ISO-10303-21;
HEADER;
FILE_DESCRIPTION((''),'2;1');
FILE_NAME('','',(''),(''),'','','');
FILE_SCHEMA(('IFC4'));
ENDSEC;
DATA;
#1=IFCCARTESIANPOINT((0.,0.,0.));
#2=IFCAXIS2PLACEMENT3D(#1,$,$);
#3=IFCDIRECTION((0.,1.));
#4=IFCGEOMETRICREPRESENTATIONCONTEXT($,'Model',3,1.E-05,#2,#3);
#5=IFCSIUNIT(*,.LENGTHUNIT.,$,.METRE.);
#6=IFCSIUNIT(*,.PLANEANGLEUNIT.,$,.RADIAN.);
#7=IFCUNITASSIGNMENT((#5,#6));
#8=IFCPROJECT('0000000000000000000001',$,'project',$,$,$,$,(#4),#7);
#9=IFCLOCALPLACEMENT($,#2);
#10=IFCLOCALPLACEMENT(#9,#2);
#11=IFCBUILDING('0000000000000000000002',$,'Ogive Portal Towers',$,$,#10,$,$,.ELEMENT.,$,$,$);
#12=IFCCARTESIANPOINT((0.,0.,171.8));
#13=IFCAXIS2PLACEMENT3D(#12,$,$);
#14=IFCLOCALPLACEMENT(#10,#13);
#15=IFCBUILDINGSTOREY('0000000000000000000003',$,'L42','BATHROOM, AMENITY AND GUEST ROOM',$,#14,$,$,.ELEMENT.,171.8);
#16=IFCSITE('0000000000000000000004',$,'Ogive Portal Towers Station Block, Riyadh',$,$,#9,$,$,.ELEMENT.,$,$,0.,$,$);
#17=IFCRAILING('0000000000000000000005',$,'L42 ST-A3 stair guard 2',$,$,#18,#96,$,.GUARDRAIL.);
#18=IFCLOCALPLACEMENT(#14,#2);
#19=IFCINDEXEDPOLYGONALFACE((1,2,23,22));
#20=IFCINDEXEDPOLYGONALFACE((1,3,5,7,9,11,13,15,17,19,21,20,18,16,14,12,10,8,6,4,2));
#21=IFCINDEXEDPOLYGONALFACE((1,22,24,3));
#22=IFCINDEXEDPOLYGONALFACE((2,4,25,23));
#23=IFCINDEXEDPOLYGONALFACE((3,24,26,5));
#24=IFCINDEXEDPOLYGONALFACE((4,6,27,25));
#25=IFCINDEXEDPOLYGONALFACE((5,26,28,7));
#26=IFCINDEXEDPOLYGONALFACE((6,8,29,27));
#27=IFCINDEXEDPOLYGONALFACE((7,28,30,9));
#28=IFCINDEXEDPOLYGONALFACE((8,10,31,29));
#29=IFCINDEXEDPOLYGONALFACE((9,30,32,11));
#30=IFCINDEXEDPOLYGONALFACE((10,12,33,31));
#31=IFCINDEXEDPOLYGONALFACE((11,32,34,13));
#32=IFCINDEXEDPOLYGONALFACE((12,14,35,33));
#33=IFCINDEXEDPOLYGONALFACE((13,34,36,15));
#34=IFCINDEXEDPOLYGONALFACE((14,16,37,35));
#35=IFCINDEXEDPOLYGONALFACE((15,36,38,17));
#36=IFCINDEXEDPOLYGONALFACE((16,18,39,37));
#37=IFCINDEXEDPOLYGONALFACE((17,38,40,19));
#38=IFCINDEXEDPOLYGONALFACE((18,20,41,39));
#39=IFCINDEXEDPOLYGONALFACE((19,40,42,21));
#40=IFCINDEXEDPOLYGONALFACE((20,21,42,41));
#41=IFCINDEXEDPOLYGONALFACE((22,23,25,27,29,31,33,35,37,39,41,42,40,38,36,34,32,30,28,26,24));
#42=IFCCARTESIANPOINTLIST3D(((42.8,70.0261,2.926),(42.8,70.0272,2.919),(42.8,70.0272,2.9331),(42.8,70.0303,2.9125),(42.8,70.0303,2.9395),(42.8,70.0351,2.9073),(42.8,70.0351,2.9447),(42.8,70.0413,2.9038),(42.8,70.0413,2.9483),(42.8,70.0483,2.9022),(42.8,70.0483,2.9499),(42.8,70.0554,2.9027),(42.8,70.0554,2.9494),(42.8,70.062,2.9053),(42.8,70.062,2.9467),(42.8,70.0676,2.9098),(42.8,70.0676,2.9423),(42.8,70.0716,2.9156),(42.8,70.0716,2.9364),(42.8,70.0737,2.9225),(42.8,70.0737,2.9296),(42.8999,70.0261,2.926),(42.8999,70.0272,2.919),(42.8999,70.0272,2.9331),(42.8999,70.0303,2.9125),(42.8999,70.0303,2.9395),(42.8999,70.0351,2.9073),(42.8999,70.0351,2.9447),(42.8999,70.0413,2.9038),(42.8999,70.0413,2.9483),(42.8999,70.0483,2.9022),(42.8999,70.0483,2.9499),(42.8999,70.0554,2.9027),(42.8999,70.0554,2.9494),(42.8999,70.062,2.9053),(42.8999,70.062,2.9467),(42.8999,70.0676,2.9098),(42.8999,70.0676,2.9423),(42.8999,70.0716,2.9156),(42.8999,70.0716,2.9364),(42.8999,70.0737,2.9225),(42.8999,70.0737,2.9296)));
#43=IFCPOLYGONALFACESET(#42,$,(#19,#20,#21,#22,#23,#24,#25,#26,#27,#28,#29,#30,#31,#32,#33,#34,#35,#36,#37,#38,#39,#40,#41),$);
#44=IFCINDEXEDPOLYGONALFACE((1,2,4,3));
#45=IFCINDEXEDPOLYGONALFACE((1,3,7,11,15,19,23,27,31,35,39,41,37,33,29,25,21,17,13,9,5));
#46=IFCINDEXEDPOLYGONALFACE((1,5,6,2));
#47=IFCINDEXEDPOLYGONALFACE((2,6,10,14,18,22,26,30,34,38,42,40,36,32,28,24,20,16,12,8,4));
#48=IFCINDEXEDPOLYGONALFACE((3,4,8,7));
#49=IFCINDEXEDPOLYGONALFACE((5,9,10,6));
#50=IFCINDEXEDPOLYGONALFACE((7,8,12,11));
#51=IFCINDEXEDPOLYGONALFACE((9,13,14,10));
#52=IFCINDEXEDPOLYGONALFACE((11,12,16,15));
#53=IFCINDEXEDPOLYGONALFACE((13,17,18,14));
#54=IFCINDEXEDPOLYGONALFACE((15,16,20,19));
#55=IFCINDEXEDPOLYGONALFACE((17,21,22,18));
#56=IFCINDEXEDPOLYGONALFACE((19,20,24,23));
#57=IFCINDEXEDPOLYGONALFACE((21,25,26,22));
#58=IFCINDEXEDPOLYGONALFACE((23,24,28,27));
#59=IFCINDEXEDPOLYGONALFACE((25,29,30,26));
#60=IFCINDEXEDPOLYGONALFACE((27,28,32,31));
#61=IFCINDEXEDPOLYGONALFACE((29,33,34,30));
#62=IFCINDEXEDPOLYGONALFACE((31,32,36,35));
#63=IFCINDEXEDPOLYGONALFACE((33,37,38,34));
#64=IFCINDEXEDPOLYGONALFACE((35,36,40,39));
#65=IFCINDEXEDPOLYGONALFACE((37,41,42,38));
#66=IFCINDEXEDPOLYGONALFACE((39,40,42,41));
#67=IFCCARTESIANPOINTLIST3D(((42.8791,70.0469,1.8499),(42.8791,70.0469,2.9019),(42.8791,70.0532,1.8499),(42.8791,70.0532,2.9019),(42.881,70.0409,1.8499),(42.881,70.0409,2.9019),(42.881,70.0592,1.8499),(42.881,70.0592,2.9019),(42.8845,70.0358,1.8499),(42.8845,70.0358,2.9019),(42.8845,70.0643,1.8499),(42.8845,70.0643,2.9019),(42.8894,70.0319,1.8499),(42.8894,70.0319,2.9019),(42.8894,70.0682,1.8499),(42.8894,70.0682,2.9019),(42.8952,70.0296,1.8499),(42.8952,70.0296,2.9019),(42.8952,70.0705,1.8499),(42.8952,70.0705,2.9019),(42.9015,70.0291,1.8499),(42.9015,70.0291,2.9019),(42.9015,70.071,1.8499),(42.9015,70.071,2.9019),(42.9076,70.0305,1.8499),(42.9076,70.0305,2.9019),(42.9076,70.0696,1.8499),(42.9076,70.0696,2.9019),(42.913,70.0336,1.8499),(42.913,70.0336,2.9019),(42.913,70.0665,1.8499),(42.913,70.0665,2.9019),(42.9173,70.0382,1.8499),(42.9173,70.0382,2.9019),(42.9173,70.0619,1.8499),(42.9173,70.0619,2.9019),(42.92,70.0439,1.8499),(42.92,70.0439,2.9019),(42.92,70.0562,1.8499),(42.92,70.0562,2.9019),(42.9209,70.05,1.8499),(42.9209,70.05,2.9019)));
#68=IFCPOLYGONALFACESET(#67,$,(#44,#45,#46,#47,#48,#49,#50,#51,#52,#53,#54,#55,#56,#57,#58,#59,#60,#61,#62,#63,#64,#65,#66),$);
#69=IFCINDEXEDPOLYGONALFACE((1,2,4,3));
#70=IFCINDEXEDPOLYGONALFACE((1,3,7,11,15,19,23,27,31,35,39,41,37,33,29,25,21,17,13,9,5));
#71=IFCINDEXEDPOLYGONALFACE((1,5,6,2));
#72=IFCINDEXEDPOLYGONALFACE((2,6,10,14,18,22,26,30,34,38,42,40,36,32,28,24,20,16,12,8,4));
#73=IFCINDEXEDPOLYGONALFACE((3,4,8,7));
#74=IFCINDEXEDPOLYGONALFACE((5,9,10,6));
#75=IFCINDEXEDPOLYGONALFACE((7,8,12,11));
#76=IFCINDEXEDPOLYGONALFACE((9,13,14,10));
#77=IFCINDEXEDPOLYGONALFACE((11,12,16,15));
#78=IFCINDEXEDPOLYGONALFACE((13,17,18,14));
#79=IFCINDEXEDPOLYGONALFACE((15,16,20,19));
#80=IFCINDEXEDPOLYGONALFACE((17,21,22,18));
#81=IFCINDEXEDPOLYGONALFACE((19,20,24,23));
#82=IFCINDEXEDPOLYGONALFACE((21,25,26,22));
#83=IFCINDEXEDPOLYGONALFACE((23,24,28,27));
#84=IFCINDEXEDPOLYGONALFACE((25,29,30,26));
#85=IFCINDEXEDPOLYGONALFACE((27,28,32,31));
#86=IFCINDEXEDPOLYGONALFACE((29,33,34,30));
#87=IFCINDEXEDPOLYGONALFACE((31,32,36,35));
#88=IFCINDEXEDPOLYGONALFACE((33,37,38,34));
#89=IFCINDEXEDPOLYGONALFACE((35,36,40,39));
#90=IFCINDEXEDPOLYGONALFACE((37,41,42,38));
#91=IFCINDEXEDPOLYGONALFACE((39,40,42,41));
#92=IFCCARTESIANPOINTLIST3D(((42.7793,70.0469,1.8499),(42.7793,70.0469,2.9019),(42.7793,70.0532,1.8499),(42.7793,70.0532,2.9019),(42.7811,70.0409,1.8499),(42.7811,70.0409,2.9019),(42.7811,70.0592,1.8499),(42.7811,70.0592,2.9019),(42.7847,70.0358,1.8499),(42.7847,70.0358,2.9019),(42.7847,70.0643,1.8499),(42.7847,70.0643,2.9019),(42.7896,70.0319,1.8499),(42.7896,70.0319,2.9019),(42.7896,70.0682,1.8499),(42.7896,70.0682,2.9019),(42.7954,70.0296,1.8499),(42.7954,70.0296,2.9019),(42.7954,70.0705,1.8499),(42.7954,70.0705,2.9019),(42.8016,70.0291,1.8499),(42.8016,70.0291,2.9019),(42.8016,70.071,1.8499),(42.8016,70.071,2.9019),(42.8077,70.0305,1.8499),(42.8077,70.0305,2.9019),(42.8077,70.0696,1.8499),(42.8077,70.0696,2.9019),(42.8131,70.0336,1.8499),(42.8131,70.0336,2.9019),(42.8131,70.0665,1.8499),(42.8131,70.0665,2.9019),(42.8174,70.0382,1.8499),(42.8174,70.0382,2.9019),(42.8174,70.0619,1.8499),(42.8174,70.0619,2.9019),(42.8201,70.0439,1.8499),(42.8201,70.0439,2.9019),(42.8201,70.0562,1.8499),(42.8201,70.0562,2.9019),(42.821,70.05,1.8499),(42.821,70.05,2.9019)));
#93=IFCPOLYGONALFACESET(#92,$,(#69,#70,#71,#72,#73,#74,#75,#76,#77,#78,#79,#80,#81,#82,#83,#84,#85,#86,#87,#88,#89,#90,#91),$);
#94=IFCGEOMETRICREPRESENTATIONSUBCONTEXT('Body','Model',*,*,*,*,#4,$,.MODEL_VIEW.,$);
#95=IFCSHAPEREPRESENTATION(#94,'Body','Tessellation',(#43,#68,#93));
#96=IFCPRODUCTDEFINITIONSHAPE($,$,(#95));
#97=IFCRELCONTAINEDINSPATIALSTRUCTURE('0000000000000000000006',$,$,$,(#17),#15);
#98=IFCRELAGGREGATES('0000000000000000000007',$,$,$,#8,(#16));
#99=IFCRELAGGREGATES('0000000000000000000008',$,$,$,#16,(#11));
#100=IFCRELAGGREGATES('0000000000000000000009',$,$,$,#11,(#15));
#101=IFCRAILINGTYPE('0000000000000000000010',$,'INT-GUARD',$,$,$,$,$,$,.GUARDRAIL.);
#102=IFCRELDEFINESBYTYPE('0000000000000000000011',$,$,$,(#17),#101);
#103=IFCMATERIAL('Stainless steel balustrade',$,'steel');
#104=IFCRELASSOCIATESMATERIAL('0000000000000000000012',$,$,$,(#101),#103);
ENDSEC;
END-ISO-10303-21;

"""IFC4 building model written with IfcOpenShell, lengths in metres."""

from ifc_helpers import new_model, si_unit, direction, frame, origin, origin_2d, place, context, subcontext, project, spatial, circle, extrude, material, type_object, element, save


model = new_model("IFC4")

# Units and contexts
model_context = context("Model", 3, precision=1e-05, world=origin(), true_north=direction((0.0, 1.0)))
body_context = subcontext(model_context, "Body", "Model", "MODEL_VIEW")
ifc_project = project(units=[si_unit("LENGTHUNIT", "METRE"), si_unit("PLANEANGLEUNIT", "RADIAN")], contexts=[model_context])

# Site, building, storey
site_placement = place(None, origin())
site = spatial("IfcSite", under=ifc_project, at=site_placement, Name="Ogive Portal Towers Station Block, Riyadh", CompositionType="ELEMENT", RefElevation=0.0)
building_placement = place(site_placement, origin())
building = spatial("IfcBuilding", under=site, at=building_placement, Name="Ogive Portal Towers", CompositionType="ELEMENT")
storey_placement = place(building_placement, frame((0.0, 0.0, 171.8)))
storey = spatial("IfcBuildingStorey", under=building, at=storey_placement, Name="L42", Description="BATHROOM, AMENITY AND GUEST ROOM", CompositionType="ELEMENT", Elevation=171.8)

# Railing
ifc_material_1 = material(Name="Stainless steel balustrade", Category="steel")
railing_type_1 = type_object("IfcRailingType", Name="INT-GUARD", PredefinedType="GUARDRAIL", material=ifc_material_1)
railing_1_placement = place(storey_placement, frame((42.8999, 70.05, 1.8499)))
element("IfcRailing", 1, at=railing_1_placement, inside=storey, type_object=railing_type_1, Name="L42 ST-A3 stair guard 2", PredefinedType="GUARDRAIL", context=body_context, shape_type="SweptSolid", body=[
    extrude(circle(Radius=0.0239, at=origin_2d()), frame((0.0, 0.0, 1.0762), z_axis=(-1.0, 0.0, 0.0), x_axis=(0.0, -1.0, 0.0)), (0.0, 0.0, 1.0), 0.0999),
    extrude(circle(Radius=0.021, at=origin_2d()), origin(), (0.0, 0.0, 1.0), 1.052),
    extrude(circle(Radius=0.021, at=origin_2d()), frame((-0.0999, 0.0, 0.0)), (0.0, 0.0, 1.0), 1.052),
])

save(model, "model.ifc")
